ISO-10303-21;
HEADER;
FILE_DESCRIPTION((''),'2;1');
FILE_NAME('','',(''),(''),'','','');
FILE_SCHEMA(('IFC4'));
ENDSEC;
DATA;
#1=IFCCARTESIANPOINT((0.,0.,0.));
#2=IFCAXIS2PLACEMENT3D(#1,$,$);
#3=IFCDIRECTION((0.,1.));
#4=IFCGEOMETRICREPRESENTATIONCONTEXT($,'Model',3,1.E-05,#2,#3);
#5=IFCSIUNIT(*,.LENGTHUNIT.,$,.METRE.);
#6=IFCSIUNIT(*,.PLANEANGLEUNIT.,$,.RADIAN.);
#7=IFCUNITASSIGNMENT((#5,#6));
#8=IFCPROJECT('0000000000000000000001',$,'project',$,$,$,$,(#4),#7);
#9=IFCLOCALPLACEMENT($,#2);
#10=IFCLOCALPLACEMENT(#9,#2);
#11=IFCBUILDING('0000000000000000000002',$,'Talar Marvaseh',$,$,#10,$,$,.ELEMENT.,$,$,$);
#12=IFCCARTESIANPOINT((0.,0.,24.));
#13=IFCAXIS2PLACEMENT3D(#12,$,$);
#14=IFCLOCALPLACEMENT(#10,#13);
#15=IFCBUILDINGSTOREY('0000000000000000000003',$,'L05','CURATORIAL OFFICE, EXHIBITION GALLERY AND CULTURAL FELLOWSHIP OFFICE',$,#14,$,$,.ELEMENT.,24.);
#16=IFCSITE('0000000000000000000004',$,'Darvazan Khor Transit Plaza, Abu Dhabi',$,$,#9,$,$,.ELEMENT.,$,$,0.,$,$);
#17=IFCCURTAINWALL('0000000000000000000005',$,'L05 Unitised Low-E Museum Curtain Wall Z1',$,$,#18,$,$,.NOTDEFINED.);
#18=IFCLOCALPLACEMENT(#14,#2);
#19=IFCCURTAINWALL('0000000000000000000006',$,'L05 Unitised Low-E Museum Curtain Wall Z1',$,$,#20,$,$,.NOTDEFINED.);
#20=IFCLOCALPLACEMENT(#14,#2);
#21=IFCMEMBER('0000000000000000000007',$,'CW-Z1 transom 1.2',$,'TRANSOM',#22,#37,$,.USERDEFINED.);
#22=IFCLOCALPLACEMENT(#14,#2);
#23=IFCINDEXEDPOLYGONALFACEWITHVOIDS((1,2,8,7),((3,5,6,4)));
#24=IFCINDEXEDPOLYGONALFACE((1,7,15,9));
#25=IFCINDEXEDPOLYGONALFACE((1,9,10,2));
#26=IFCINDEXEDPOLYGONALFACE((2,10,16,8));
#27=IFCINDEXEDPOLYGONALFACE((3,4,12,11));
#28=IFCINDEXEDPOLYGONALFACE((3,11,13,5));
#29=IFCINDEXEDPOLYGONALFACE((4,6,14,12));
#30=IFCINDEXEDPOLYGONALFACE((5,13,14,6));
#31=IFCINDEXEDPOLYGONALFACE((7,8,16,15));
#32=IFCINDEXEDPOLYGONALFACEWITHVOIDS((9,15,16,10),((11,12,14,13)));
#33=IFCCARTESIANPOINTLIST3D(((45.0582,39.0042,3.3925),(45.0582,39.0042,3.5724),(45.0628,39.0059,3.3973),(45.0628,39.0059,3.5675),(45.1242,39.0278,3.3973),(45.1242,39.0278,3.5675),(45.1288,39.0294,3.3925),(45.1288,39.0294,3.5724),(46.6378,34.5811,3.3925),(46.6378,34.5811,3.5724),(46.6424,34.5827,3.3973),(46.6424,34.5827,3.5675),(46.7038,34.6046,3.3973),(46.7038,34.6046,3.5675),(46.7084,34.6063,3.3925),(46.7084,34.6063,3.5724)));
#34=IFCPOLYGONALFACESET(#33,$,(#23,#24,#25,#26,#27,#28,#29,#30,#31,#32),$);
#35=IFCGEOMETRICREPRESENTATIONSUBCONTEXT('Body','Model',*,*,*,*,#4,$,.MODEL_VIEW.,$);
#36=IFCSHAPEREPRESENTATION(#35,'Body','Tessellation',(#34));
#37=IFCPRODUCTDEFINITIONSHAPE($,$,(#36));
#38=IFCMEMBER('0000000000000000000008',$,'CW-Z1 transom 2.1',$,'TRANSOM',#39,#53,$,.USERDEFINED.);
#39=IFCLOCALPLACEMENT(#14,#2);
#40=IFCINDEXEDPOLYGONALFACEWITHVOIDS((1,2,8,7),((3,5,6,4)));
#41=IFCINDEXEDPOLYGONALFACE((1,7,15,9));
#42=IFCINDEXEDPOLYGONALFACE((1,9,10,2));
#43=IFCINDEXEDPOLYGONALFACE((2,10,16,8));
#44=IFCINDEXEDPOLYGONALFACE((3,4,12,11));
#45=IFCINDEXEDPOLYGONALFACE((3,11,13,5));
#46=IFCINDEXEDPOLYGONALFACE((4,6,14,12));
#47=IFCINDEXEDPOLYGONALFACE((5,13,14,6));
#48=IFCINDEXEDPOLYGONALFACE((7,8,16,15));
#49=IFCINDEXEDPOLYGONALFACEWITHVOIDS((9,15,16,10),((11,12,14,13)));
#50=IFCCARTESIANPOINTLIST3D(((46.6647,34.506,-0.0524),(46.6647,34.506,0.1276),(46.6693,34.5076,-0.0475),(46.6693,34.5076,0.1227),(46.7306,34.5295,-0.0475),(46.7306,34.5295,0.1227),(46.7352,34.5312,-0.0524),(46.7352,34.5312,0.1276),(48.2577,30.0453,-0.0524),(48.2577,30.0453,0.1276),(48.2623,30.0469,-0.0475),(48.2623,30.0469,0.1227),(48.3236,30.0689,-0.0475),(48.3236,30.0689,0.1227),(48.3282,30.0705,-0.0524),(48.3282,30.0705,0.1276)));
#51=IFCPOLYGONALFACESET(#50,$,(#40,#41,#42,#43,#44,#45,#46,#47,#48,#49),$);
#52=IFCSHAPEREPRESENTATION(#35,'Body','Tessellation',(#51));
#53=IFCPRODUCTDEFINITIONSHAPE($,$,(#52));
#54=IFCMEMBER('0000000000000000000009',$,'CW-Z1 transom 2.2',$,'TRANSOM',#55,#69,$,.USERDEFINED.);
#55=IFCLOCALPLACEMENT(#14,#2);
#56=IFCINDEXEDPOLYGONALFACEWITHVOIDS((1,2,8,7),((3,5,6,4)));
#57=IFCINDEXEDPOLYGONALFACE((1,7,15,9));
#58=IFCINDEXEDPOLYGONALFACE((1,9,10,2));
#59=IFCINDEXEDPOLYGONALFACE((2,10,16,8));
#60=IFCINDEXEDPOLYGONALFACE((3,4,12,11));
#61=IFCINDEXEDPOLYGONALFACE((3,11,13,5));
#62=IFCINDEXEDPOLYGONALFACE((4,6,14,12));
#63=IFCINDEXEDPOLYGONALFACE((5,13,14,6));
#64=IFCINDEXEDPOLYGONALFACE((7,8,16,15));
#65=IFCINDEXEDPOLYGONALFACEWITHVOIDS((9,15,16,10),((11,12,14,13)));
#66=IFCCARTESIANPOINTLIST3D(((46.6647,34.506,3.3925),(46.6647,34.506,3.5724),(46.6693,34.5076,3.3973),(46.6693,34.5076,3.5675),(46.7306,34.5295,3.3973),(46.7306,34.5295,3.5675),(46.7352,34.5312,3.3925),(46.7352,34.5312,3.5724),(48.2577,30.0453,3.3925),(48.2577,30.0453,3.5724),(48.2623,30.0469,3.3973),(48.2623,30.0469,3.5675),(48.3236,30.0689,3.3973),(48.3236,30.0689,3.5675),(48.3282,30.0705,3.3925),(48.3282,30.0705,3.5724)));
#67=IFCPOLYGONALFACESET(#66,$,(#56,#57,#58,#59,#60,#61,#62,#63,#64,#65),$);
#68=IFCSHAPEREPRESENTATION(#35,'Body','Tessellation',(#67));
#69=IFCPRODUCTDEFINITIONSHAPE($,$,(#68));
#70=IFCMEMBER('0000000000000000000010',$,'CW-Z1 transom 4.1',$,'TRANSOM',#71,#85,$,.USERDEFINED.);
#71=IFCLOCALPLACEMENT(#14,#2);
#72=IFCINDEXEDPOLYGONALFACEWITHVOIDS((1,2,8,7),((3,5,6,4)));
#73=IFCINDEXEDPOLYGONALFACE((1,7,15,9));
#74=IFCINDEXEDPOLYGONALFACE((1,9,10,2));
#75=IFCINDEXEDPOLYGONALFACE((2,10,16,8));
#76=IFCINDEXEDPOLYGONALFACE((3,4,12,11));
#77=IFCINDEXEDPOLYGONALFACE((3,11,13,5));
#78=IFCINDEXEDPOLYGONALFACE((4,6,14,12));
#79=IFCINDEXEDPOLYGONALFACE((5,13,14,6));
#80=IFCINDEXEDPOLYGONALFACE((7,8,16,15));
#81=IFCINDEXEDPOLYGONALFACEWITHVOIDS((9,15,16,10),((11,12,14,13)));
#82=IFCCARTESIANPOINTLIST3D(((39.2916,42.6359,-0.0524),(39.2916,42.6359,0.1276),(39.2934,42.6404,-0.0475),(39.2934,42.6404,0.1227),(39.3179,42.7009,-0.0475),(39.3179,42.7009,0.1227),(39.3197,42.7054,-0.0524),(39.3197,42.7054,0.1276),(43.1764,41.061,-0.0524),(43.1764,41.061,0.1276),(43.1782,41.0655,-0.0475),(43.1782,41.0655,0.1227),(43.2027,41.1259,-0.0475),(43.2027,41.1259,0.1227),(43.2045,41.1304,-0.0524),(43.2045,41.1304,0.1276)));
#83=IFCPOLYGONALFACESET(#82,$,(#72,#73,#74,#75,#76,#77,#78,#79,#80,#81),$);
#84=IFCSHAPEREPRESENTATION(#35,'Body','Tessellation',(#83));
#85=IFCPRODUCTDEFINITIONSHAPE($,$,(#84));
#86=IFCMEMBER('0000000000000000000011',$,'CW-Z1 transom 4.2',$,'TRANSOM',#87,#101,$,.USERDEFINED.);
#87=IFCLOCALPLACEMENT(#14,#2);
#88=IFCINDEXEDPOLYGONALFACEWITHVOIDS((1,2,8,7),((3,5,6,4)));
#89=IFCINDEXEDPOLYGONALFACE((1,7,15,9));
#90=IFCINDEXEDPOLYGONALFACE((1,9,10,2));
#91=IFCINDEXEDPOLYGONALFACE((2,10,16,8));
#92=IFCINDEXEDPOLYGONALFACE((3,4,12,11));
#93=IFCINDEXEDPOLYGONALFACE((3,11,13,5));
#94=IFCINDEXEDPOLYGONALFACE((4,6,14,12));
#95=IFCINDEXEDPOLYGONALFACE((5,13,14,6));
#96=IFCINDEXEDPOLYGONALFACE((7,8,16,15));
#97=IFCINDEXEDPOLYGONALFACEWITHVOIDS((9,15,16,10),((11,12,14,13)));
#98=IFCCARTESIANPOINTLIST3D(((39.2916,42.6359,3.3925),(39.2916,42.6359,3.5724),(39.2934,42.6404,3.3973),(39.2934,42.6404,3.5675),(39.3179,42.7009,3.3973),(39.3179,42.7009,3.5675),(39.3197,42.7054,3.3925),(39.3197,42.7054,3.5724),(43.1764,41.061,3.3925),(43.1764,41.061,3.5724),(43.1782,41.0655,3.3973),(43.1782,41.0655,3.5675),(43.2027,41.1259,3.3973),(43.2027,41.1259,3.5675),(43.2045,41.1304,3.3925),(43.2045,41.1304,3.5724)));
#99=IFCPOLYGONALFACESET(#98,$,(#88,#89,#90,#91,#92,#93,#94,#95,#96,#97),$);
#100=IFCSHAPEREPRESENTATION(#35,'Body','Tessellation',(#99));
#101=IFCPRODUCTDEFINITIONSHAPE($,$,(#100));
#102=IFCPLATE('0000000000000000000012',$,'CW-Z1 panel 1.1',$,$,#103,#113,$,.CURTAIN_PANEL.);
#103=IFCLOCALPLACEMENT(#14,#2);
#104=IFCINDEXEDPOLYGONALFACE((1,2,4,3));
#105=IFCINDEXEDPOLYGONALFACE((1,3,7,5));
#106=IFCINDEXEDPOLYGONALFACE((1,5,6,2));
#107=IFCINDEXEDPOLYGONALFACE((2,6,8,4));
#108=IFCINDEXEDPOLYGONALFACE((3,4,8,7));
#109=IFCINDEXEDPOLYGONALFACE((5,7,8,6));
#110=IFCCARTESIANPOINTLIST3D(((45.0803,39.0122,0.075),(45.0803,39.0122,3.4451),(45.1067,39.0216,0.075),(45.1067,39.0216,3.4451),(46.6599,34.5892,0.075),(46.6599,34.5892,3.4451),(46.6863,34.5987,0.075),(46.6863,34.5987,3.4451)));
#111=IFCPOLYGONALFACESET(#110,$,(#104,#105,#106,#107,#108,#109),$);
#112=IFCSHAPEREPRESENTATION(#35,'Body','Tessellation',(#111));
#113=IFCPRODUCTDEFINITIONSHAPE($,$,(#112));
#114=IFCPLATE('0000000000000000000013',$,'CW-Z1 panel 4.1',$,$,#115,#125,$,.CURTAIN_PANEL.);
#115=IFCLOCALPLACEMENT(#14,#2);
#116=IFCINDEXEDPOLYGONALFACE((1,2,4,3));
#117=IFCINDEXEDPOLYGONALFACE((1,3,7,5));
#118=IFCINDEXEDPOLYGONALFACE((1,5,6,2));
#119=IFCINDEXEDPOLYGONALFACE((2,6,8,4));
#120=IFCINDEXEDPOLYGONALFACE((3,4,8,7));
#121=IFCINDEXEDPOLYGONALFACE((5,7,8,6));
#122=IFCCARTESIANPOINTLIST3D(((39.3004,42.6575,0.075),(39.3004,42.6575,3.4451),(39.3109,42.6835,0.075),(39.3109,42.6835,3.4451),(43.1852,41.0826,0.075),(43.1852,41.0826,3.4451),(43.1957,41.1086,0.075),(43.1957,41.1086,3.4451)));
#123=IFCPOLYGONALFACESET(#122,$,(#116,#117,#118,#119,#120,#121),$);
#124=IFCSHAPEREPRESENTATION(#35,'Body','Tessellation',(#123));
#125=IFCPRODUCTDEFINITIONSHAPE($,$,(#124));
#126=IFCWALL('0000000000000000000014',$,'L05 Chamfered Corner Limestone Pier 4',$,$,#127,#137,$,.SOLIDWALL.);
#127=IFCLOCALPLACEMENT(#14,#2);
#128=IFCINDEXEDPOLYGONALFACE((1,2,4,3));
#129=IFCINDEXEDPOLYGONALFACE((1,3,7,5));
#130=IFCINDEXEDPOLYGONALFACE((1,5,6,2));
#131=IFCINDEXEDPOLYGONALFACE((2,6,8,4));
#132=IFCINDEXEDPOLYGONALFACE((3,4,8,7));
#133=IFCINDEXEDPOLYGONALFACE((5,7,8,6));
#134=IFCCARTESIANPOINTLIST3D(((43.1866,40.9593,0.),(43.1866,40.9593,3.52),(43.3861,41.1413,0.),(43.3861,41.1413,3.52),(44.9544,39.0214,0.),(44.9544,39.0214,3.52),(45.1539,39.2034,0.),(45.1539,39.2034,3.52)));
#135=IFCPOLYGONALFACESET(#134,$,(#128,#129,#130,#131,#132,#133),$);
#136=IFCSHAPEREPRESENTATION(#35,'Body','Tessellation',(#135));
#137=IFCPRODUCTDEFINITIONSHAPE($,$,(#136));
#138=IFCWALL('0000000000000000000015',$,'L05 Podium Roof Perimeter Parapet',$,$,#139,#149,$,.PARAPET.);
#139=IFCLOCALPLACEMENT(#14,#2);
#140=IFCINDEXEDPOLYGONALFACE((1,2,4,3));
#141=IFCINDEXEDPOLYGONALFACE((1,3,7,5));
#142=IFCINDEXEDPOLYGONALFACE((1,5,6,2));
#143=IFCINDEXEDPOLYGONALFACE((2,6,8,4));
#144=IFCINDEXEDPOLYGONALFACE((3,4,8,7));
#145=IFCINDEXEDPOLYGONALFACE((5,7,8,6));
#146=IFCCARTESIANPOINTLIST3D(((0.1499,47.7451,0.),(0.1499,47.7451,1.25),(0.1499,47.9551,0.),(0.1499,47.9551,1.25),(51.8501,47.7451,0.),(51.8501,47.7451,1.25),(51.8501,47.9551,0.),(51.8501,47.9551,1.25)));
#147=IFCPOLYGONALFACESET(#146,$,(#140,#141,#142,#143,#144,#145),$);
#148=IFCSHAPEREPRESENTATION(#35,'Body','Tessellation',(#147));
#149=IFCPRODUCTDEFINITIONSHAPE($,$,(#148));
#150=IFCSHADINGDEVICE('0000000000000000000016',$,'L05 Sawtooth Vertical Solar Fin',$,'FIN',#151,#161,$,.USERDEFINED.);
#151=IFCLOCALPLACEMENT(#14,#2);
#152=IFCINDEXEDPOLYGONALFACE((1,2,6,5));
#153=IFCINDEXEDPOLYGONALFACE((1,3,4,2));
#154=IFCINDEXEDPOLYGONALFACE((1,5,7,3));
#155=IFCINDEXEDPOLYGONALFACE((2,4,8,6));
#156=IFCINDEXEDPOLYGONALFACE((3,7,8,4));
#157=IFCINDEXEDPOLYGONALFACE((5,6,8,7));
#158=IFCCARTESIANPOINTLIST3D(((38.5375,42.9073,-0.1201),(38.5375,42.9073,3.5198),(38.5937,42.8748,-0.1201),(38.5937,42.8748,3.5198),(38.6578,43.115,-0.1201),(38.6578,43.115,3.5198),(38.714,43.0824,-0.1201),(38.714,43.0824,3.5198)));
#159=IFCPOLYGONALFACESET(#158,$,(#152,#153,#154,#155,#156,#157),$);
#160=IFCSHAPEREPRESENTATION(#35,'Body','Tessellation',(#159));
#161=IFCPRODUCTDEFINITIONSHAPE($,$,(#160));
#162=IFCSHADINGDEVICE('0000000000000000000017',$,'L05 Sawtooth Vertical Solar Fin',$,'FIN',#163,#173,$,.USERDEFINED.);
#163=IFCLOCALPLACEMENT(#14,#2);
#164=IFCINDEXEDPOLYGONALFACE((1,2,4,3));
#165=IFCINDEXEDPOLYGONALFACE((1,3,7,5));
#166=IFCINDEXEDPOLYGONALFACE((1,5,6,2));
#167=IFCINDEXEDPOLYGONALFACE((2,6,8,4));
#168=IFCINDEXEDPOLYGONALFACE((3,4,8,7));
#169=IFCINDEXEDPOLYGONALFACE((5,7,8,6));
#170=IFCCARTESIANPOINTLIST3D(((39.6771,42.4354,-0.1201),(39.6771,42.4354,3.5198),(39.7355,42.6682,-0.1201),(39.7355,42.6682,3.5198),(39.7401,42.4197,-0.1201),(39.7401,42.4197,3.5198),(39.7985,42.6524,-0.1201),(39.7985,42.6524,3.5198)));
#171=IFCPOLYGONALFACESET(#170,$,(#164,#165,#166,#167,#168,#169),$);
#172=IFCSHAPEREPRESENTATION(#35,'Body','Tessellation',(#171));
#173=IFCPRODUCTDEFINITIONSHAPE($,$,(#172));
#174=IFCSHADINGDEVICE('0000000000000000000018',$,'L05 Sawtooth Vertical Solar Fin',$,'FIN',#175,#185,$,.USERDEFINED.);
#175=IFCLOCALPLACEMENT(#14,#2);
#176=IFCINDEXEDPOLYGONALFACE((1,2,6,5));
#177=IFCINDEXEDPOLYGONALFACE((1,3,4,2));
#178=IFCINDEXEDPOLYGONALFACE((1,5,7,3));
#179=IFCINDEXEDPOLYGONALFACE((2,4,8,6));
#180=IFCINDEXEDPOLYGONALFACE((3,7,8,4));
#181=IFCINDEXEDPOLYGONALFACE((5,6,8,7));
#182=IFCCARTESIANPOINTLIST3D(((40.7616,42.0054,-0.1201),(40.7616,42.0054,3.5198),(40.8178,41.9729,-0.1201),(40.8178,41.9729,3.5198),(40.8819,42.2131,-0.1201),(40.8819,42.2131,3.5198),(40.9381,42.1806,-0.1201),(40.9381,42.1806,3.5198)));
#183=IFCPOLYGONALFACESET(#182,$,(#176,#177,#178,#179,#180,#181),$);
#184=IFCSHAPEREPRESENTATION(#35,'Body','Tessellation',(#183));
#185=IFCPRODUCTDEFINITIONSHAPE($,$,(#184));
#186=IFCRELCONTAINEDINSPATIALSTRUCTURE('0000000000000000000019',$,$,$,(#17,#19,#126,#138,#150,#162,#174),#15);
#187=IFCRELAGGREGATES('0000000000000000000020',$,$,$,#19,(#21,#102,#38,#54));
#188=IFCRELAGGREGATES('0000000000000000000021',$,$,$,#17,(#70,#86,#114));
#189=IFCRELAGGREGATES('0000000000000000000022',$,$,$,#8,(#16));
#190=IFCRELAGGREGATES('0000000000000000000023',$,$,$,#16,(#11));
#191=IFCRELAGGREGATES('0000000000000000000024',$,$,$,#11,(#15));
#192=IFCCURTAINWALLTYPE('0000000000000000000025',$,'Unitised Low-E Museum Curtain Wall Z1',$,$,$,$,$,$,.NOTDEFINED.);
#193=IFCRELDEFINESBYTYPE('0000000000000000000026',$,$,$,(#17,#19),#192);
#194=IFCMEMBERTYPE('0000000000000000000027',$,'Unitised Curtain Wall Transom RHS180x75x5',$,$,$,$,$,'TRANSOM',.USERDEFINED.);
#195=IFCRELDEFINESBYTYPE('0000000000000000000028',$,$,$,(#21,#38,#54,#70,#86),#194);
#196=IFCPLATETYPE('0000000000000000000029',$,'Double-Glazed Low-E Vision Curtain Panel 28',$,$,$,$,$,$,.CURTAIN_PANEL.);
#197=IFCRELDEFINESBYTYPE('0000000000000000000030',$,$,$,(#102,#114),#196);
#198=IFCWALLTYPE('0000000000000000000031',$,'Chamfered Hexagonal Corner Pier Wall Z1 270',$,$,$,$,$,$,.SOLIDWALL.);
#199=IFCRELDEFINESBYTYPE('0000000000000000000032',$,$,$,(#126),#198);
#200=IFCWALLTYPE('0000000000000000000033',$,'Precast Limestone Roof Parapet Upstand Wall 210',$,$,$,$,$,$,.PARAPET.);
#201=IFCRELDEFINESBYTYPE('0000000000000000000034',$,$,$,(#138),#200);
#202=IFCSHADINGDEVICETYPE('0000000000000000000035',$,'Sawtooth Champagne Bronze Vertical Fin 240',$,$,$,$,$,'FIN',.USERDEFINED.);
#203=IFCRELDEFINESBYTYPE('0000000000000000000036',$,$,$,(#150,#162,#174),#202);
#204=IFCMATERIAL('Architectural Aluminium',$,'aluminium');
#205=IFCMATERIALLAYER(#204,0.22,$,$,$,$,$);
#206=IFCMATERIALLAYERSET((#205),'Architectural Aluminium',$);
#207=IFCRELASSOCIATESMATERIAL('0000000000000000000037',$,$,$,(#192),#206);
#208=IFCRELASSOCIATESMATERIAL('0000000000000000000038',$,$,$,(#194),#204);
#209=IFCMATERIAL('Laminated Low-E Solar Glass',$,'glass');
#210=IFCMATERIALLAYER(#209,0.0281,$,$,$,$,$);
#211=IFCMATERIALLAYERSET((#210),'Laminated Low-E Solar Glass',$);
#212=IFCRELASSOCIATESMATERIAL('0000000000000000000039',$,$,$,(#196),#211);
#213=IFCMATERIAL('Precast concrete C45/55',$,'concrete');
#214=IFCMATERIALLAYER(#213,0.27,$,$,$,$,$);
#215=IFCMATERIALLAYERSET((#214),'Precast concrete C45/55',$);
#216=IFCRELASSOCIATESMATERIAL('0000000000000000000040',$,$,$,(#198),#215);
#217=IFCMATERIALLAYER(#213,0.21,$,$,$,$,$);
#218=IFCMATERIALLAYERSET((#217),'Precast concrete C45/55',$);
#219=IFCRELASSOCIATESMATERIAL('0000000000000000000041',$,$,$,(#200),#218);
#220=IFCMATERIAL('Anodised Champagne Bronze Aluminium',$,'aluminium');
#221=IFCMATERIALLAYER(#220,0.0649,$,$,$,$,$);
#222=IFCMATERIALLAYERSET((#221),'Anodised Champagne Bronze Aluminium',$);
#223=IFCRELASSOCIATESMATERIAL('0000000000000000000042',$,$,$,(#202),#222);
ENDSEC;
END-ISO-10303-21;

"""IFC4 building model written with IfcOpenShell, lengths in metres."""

from ifc_helpers import new_model, si_unit, direction, frame, frame_2d, origin, origin_2d, place, context, subcontext, project, spatial, rectangle, hollow_rectangle, extrude, source, transform, mapped, material, layer, layer_set, material_profile, profile_set, type_object, type_shapes, element, aggregate, save


model = new_model("IFC4")

# Units and contexts
model_context = context("Model", 3, precision=1e-05, world=origin(), true_north=direction((0.0, 1.0)))
body_context = subcontext(model_context, "Body", "Model", "MODEL_VIEW")
ifc_project = project(units=[si_unit("LENGTHUNIT", "METRE"), si_unit("PLANEANGLEUNIT", "RADIAN")], contexts=[model_context])

# Site, building, storey
site_placement = place(None, origin())
site = spatial("IfcSite", under=ifc_project, at=site_placement, Name="Darvazan Khor Transit Plaza, Abu Dhabi", CompositionType="ELEMENT", RefElevation=0.0)
building_placement = place(site_placement, origin())
building = spatial("IfcBuilding", under=site, at=building_placement, Name="Talar Marvaseh", CompositionType="ELEMENT")
storey_placement = place(building_placement, frame((0.0, 0.0, 24.0)))
storey = spatial("IfcBuildingStorey", under=building, at=storey_placement, Name="L05", Description="CURATORIAL OFFICE, EXHIBITION GALLERY AND CULTURAL FELLOWSHIP OFFICE", CompositionType="ELEMENT", Elevation=24.0)

# Curtain walls, members
ifc_material_1 = material(Name="Architectural Aluminium", Category="aluminium")
ifc_layer_1 = layer(ifc_material_1, 0.22)
ifc_layer_set_1 = layer_set([ifc_layer_1], Name="Architectural Aluminium")
curtain_wall_type = type_object("IfcCurtainWallType", Name="Unitised Low-E Museum Curtain Wall Z1", PredefinedType="NOTDEFINED", material=ifc_layer_set_1)
curtain_wall_1_placement = place(storey_placement, origin())
curtain_wall_1 = element("IfcCurtainWall", 1, at=curtain_wall_1_placement, inside=storey, type_object=curtain_wall_type, Name="L05 Unitised Low-E Museum Curtain Wall Z1", PredefinedType="NOTDEFINED")
curtain_wall_2_placement = place(storey_placement, origin())
curtain_wall_2 = element("IfcCurtainWall", 2, at=curtain_wall_2_placement, inside=storey, type_object=curtain_wall_type, Name="L05 Unitised Low-E Museum Curtain Wall Z1", PredefinedType="NOTDEFINED")
ifc_material_profile_1 = material_profile(ifc_material_1, hollow_rectangle(XDim=0.075, YDim=0.1799, WallThickness=0.0049, at=origin_2d()), Name="RHS180x75x5")
ifc_profile_set_1 = profile_set([ifc_material_profile_1], Name="Architectural Aluminium")
member_type_1 = type_object("IfcMemberType", Name="Unitised Curtain Wall Transom RHS180x75x5", ElementType="TRANSOM", PredefinedType="USERDEFINED", material=ifc_profile_set_1)
shared_shape_1 = source(origin(), body_context, "Body", "SweptSolid", [
    extrude(hollow_rectangle(XDim=0.075, YDim=0.1799, WallThickness=0.0049, at=origin_2d()), origin(), (0.0, 0.0, 1.0), 4.6968),
])
member_1_placement = place(storey_placement, frame((45.0935, 39.0168, 3.4824), z_axis=(0.33632, -0.941748, 0.0), x_axis=(0.941748, 0.33632, 0.0)))
member_1 = element("IfcMember", 3, at=member_1_placement, type_object=member_type_1, Name="CW-Z1 transom 1.2", ObjectType="TRANSOM", PredefinedType="USERDEFINED", context=body_context, shape_type="MappedRepresentation", body=[
    mapped(shared_shape_1, transform((0.0, 0.0, 0.0), x_axis=(1.0, 0.0, 0.0), y_axis=(0.0, 1.0, 0.0), z_axis=(0.0, 0.0, 1.0), scale=1.0)),
])
shared_shape_2 = source(origin(), body_context, "Body", "SweptSolid", [
    extrude(hollow_rectangle(XDim=0.075, YDim=0.1799, WallThickness=0.0049, at=origin_2d()), origin(), (0.0, 0.0, 1.0), 4.7366),
])
member_2_placement = place(storey_placement, frame((46.7, 34.5186, 0.0376), z_axis=(0.33632, -0.941748, 0.0), x_axis=(0.941748, 0.33632, 0.0)))
member_2 = element("IfcMember", 4, at=member_2_placement, type_object=member_type_1, Name="CW-Z1 transom 2.1", ObjectType="TRANSOM", PredefinedType="USERDEFINED", context=body_context, shape_type="MappedRepresentation", body=[
    mapped(shared_shape_2, transform((0.0, 0.0, 0.0), x_axis=(1.0, 0.0, 0.0), y_axis=(0.0, 1.0, 0.0), z_axis=(0.0, 0.0, 1.0), scale=1.0)),
])
member_3_placement = place(storey_placement, frame((46.7, 34.5186, 3.4824), z_axis=(0.33632, -0.941748, 0.0), x_axis=(0.941748, 0.33632, 0.0)))
member_3 = element("IfcMember", 5, at=member_3_placement, type_object=member_type_1, Name="CW-Z1 transom 2.2", ObjectType="TRANSOM", PredefinedType="USERDEFINED", context=body_context, shape_type="MappedRepresentation", body=[
    mapped(shared_shape_2, transform((0.0, 0.0, 0.0), x_axis=(1.0, 0.0, 0.0), y_axis=(0.0, 1.0, 0.0), z_axis=(0.0, 0.0, 1.0), scale=1.0)),
])

# Members
shared_shape_3 = source(origin(), body_context, "Body", "SweptSolid", [
    extrude(hollow_rectangle(XDim=0.075, YDim=0.1799, WallThickness=0.0049, at=origin_2d()), origin(), (0.0, 0.0, 1.0), 4.1919),
])
type_shapes(member_type_1, [shared_shape_1, shared_shape_2, shared_shape_3])
member_4_placement = place(storey_placement, frame((39.3057, 42.6707, 0.0376), z_axis=(0.926735, -0.375715, 0.0), x_axis=(0.375715, 0.926735, 0.0)))
member_4 = element("IfcMember", 6, at=member_4_placement, type_object=member_type_1, Name="CW-Z1 transom 4.1", ObjectType="TRANSOM", PredefinedType="USERDEFINED", context=body_context, shape_type="MappedRepresentation", body=[
    mapped(shared_shape_3, transform((0.0, 0.0, 0.0), x_axis=(1.0, 0.0, 0.0), y_axis=(0.0, 1.0, 0.0), z_axis=(0.0, 0.0, 1.0), scale=1.0)),
])
member_5_placement = place(storey_placement, frame((39.3057, 42.6707, 3.4824), z_axis=(0.926735, -0.375715, 0.0), x_axis=(0.375715, 0.926735, 0.0)))
member_5 = element("IfcMember", 7, at=member_5_placement, type_object=member_type_1, Name="CW-Z1 transom 4.2", ObjectType="TRANSOM", PredefinedType="USERDEFINED", context=body_context, shape_type="MappedRepresentation", body=[
    mapped(shared_shape_3, transform((0.0, 0.0, 0.0), x_axis=(1.0, 0.0, 0.0), y_axis=(0.0, 1.0, 0.0), z_axis=(0.0, 0.0, 1.0), scale=1.0)),
])

# Plates
ifc_material_2 = material(Name="Laminated Low-E Solar Glass", Category="glass")
ifc_layer_2 = layer(ifc_material_2, 0.0281)
ifc_layer_set_2 = layer_set([ifc_layer_2], Name="Laminated Low-E Solar Glass")
plate_type = type_object("IfcPlateType", Name="Double-Glazed Low-E Vision Curtain Panel 28", PredefinedType="CURTAIN_PANEL", material=ifc_layer_set_2)
shared_shape_4 = source(origin(), body_context, "Body", "SweptSolid", [
    extrude(rectangle(XDim=4.6965, YDim=0.0281, at=origin_2d()), origin(), (0.0, 0.0, 1.0), 3.3701),
])
plate_1_placement = place(storey_placement, frame((45.8833, 36.8054, 0.075), z_axis=(0.0, 0.0, 1.0), x_axis=(0.336336, -0.941742, 0.0)))
plate_1 = element("IfcPlate", 8, at=plate_1_placement, type_object=plate_type, Name="CW-Z1 panel 1.1", PredefinedType="CURTAIN_PANEL", context=body_context, shape_type="MappedRepresentation", body=[
    mapped(shared_shape_4, transform((0.0, 0.0, 0.0), x_axis=(1.0, 0.0, 0.0), y_axis=(0.0, 1.0, 0.0), z_axis=(0.0, 0.0, 1.0), scale=1.0)),
])
aggregate(curtain_wall_2, [member_1, plate_1, member_2, member_3])
shared_shape_5 = source(origin(), body_context, "Body", "SweptSolid", [
    extrude(rectangle(XDim=4.1919, YDim=0.0281, at=origin_2d()), origin(), (0.0, 0.0, 1.0), 3.3701),
])
type_shapes(plate_type, [shared_shape_4, shared_shape_5])
plate_2_placement = place(storey_placement, frame((41.248, 41.8831, 0.075), z_axis=(0.0, 0.0, 1.0), x_axis=(0.926739, -0.375705, 0.0)))
plate_2 = element("IfcPlate", 9, at=plate_2_placement, type_object=plate_type, Name="CW-Z1 panel 4.1", PredefinedType="CURTAIN_PANEL", context=body_context, shape_type="MappedRepresentation", body=[
    mapped(shared_shape_5, transform((0.0, 0.0, 0.0), x_axis=(1.0, 0.0, 0.0), y_axis=(0.0, 1.0, 0.0), z_axis=(0.0, 0.0, 1.0), scale=1.0)),
])
aggregate(curtain_wall_1, [member_4, member_5, plate_2])

# Walls
ifc_material_3 = material(Name="Precast concrete C45/55", Category="concrete")
ifc_layer_3 = layer(ifc_material_3, 0.27)
ifc_layer_set_3 = layer_set([ifc_layer_3], Name="Precast concrete C45/55")
wall_type_1 = type_object("IfcWallType", Name="Chamfered Hexagonal Corner Pier Wall Z1 270", PredefinedType="SOLIDWALL", material=ifc_layer_set_3)
wall_1_placement = place(storey_placement, frame((43.2864, 41.0503, 0.0), z_axis=(0.0, 0.0, 1.0), x_axis=(0.673927, -0.738798, 0.0)))
element("IfcWall", 10, at=wall_1_placement, inside=storey, type_object=wall_type_1, Name="L05 Chamfered Corner Limestone Pier 4", PredefinedType="SOLIDWALL", context=body_context, shape_type="SweptSolid", body=[
    extrude(rectangle(XDim=2.623, YDim=0.27, at=frame_2d((1.3115, 0.0))), origin(), (0.0, 0.0, 1.0), 3.52),
])
ifc_layer_4 = layer(ifc_material_3, 0.21)
ifc_layer_set_4 = layer_set([ifc_layer_4], Name="Precast concrete C45/55")
wall_type_2 = type_object("IfcWallType", Name="Precast Limestone Roof Parapet Upstand Wall 210", PredefinedType="PARAPET", material=ifc_layer_set_4)
wall_2_placement = place(storey_placement, frame((51.8501, 47.8501, 0.0), z_axis=(0.0, 0.0, 1.0), x_axis=(-1.0, 0.0, 0.0)))
element("IfcWall", 11, at=wall_2_placement, inside=storey, type_object=wall_type_2, Name="L05 Podium Roof Perimeter Parapet", PredefinedType="PARAPET", context=body_context, shape_type="SweptSolid", body=[
    extrude(rectangle(XDim=51.7002, YDim=0.21, at=frame_2d((25.8501, 0.0))), origin(), (0.0, 0.0, 1.0), 1.25),
])

# Shading devices
ifc_material_4 = material(Name="Anodised Champagne Bronze Aluminium", Category="aluminium")
ifc_layer_5 = layer(ifc_material_4, 0.0649)
ifc_layer_set_5 = layer_set([ifc_layer_5], Name="Anodised Champagne Bronze Aluminium")
shading_device_type = type_object("IfcShadingDeviceType", Name="Sawtooth Champagne Bronze Vertical Fin 240", ElementType="FIN", PredefinedType="USERDEFINED", material=ifc_layer_set_5)
shared_shape_6 = source(origin(), body_context, "Body", "SweptSolid", [
    extrude(rectangle(XDim=0.24, YDim=0.0649, at=origin_2d()), origin(), (0.0, 0.0, 1.0), 3.6399),
])
type_shapes(shading_device_type, [shared_shape_6])
for number, where, z_axis, x_axis, name in (
    (12, (38.6257, 42.9949, -0.1201), (0.0, 0.0, 1.0), (0.501058, 0.865414, 0.0), "L05 Sawtooth Vertical Solar Fin"),
    (13, (39.7378, 42.5439, -0.1201), (0.0, 0.0, 1.0), (0.243107, 0.969999, 0.0), "L05 Sawtooth Vertical Solar Fin"),
    (14, (40.8499, 42.093, -0.1201), (0.0, 0.0, 1.0), (0.501058, 0.865414, 0.0), "L05 Sawtooth Vertical Solar Fin"),
):
    element("IfcShadingDevice", number, at=place(storey_placement, frame(where, z_axis=z_axis, x_axis=x_axis)), inside=storey, type_object=shading_device_type, Name=name, ObjectType="FIN", PredefinedType="USERDEFINED", context=body_context, shape_type="MappedRepresentation", body=[
        mapped(shared_shape_6, transform((0.0, 0.0, 0.0), x_axis=(1.0, 0.0, 0.0), y_axis=(0.0, 1.0, 0.0), z_axis=(0.0, 0.0, 1.0), scale=1.0)),
    ])

save(model, "model.ifc")
